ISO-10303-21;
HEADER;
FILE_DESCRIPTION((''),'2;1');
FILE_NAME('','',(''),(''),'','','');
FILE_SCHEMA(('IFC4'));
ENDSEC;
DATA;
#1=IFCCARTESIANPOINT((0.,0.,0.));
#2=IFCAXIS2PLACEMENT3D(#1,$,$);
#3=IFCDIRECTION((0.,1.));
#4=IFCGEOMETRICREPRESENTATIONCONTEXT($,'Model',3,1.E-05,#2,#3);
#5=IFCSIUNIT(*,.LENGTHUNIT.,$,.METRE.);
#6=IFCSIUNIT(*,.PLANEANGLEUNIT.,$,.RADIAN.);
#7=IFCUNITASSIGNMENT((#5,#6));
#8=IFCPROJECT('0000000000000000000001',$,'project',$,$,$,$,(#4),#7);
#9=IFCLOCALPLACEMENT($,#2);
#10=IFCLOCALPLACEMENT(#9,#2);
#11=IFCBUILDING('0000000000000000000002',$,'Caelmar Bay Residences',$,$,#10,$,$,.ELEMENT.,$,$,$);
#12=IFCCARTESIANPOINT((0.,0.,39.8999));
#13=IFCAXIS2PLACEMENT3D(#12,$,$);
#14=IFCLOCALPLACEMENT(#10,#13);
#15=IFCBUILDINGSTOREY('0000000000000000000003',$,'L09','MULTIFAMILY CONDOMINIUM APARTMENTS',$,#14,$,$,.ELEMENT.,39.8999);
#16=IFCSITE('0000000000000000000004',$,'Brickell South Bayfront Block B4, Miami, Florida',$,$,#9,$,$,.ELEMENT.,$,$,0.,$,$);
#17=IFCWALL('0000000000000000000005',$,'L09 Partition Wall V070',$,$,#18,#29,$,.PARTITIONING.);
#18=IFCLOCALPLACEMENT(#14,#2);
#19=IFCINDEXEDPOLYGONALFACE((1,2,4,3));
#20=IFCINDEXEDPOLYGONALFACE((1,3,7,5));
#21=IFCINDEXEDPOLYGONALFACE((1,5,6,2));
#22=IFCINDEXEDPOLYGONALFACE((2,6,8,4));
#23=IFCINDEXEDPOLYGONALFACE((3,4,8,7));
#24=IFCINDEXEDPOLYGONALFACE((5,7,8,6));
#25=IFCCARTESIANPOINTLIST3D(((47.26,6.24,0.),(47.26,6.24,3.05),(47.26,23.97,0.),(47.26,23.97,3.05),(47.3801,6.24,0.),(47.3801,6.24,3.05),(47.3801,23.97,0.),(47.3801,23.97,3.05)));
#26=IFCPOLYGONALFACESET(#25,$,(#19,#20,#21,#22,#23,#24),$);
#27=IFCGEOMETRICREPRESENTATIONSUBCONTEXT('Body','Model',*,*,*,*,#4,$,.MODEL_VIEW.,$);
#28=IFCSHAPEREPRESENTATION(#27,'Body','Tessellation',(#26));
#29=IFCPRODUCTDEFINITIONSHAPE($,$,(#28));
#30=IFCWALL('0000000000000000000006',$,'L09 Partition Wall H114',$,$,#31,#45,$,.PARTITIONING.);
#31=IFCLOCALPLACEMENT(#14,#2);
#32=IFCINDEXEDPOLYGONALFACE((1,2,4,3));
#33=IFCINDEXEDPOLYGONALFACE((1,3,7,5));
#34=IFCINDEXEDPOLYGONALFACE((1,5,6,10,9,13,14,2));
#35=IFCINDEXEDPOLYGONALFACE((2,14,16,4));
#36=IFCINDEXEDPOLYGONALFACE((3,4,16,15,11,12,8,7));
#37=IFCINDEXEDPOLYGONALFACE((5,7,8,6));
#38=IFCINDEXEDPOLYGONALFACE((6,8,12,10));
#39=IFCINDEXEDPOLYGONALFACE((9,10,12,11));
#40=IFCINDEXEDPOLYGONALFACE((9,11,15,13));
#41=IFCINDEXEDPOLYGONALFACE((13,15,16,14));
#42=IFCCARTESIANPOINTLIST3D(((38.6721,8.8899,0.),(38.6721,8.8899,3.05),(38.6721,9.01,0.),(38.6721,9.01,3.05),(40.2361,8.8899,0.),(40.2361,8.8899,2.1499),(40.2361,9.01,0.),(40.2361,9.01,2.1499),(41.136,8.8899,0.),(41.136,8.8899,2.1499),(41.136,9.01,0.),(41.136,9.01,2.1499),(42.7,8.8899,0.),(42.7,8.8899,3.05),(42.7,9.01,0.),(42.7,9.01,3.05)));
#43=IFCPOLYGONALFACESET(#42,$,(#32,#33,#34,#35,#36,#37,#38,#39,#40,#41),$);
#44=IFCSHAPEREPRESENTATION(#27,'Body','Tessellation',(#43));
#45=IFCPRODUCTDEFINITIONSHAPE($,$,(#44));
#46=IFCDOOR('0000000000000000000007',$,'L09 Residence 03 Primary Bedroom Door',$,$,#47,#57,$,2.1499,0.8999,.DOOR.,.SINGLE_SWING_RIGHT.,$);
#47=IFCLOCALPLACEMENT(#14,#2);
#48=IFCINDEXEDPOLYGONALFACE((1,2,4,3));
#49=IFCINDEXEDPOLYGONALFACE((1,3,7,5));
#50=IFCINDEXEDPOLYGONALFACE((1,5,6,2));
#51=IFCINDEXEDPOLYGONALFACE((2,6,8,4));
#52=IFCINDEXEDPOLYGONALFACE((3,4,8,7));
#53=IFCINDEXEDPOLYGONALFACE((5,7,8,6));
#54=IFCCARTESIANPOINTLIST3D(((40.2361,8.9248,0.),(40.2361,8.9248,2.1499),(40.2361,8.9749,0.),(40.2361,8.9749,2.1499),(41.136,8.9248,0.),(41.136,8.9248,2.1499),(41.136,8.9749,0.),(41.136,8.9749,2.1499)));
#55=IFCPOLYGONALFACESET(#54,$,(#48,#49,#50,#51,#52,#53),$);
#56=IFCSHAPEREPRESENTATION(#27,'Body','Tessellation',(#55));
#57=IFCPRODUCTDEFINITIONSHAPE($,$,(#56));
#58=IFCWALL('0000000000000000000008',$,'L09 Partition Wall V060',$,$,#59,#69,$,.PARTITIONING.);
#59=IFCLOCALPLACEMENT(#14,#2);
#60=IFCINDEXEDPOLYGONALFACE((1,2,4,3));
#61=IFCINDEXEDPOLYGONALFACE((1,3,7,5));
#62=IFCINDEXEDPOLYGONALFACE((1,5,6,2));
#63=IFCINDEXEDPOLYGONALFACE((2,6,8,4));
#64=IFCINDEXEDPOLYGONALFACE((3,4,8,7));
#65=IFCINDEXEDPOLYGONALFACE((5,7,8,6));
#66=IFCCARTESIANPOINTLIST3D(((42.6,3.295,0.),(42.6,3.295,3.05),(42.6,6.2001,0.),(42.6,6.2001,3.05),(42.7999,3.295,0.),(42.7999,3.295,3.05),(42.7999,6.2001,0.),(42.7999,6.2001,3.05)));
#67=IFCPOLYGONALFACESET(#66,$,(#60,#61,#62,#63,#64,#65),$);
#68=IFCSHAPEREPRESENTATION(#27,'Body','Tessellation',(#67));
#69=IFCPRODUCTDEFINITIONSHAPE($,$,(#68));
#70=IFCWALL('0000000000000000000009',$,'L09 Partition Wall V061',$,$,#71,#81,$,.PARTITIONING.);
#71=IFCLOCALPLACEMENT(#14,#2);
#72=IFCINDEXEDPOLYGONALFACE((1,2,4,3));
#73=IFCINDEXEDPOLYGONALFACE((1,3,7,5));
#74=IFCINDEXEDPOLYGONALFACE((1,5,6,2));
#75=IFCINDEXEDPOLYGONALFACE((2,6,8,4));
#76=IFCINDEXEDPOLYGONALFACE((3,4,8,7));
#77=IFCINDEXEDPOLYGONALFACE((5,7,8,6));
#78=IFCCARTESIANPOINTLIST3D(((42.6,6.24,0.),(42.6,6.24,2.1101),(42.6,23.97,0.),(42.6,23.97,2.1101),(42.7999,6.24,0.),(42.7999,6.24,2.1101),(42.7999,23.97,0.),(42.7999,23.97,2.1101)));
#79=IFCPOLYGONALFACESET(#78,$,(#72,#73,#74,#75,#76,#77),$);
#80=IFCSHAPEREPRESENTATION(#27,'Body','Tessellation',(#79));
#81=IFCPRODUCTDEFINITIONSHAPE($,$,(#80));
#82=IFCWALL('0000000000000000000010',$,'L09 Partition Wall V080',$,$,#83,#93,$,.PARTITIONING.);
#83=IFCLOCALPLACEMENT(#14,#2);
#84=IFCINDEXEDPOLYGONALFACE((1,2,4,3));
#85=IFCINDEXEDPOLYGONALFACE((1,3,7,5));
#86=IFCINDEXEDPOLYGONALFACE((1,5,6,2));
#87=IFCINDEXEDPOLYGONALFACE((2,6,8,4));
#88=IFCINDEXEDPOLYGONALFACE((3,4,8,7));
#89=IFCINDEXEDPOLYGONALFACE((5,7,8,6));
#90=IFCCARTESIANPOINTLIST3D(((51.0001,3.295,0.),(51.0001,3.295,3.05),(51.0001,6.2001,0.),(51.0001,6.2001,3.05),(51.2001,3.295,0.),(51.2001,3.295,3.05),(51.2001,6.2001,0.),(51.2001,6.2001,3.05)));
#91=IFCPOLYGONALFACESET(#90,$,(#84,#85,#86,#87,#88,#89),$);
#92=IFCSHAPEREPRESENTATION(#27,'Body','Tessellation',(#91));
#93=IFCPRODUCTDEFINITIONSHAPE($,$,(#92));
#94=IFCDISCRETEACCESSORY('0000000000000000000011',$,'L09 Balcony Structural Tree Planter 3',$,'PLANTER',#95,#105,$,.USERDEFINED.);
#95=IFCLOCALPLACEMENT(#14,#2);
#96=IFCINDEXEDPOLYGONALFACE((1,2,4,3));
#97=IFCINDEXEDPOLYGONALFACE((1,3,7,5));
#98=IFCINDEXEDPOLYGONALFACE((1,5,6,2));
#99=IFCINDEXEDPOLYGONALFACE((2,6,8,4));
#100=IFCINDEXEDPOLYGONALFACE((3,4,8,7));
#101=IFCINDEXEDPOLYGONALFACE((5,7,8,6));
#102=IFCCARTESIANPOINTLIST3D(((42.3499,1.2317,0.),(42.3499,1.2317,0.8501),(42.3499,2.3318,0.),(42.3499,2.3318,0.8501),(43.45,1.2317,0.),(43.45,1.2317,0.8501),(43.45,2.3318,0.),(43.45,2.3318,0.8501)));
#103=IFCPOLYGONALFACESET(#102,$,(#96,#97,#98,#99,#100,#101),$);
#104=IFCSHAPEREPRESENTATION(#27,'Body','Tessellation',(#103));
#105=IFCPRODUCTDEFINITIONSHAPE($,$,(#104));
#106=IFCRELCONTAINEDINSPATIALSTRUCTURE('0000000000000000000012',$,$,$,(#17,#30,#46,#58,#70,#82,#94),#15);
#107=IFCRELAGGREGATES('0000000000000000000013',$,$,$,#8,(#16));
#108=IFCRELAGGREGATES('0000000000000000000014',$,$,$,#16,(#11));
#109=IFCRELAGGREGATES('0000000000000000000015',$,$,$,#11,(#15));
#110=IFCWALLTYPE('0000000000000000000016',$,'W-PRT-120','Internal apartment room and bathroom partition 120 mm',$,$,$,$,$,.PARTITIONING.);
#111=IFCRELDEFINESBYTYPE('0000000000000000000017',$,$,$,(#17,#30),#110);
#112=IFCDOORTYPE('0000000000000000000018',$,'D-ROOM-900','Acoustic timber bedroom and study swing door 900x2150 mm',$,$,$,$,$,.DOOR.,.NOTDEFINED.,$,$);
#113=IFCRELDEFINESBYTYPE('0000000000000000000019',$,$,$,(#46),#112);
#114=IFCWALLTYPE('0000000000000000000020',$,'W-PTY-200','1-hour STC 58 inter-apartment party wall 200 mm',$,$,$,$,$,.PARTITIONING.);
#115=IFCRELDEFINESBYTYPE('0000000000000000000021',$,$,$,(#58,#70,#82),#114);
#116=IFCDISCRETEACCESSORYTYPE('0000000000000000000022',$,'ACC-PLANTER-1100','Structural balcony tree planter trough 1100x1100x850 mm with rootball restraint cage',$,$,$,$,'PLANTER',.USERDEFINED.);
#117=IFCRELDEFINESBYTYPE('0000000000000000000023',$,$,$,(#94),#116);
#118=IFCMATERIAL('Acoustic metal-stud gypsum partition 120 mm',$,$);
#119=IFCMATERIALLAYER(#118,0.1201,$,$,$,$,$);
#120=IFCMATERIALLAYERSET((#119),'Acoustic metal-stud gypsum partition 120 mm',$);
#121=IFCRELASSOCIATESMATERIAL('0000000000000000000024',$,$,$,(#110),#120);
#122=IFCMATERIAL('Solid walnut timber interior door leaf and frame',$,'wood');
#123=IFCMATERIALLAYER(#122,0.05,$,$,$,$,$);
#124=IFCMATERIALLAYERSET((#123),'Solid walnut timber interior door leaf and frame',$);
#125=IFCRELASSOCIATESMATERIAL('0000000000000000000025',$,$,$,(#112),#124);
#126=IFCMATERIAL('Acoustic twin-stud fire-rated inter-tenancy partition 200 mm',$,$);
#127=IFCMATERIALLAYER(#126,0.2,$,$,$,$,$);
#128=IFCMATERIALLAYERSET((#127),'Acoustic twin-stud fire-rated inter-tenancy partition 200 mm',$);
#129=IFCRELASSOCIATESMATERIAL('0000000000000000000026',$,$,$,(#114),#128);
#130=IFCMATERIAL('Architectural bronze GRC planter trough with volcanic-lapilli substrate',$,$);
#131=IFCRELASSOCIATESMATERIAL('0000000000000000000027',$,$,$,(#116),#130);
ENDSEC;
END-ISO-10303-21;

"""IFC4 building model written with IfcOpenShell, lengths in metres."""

from ifc_helpers import new_model, si_unit, direction, frame, frame_2d, origin, origin_2d, place, context, subcontext, project, spatial, rectangle, extrude, material, layer, layer_set, type_object, element, fill, save


model = new_model("IFC4")

# Units and contexts
model_context = context("Model", 3, precision=1e-05, world=origin(), true_north=direction((0.0, 1.0)))
body_context = subcontext(model_context, "Body", "Model", "MODEL_VIEW")
ifc_project = project(units=[si_unit("LENGTHUNIT", "METRE"), si_unit("PLANEANGLEUNIT", "RADIAN")], contexts=[model_context])

# Site, building, storey
site_placement = place(None, origin())
site = spatial("IfcSite", under=ifc_project, at=site_placement, Name="Brickell South Bayfront Block B4, Miami, Florida", CompositionType="ELEMENT", RefElevation=0.0)
building_placement = place(site_placement, origin())
building = spatial("IfcBuilding", under=site, at=building_placement, Name="Caelmar Bay Residences", CompositionType="ELEMENT")
storey_placement = place(building_placement, frame((0.0, 0.0, 39.8999)))
storey = spatial("IfcBuildingStorey", under=building, at=storey_placement, Name="L09", Description="MULTIFAMILY CONDOMINIUM APARTMENTS", CompositionType="ELEMENT", Elevation=39.8999)

# Wall
ifc_material_1 = material(Name="Acoustic metal-stud gypsum partition 120 mm")
ifc_layer_1 = layer(ifc_material_1, 0.1201)
ifc_layer_set_1 = layer_set([ifc_layer_1], Name="Acoustic metal-stud gypsum partition 120 mm")
wall_type_1 = type_object("IfcWallType", Name="W-PRT-120", Description="Internal apartment room and bathroom partition 120 mm", PredefinedType="PARTITIONING", material=ifc_layer_set_1)
wall_1_placement = place(storey_placement, frame((47.3201, 6.24, 0.0), z_axis=(0.0, 0.0, 1.0), x_axis=(0.0, 1.0, 0.0)))
element("IfcWall", 1, at=wall_1_placement, inside=storey, type_object=wall_type_1, Name="L09 Partition Wall V070", PredefinedType="PARTITIONING", context=body_context, shape_type="SweptSolid", body=[
    extrude(rectangle(XDim=17.73, YDim=0.1201, at=frame_2d((8.865, 0.0))), origin(), (0.0, 0.0, 1.0), 3.05),
])

# Wall, opening, door
wall_2_placement = place(storey_placement, frame((38.6721, 8.95, 0.0), z_axis=(0.0, 0.0, 1.0), x_axis=(1.0, 0.0, 0.0)))
wall_2 = element("IfcWall", 2, at=wall_2_placement, inside=storey, type_object=wall_type_1, Name="L09 Partition Wall H114", PredefinedType="PARTITIONING", context=body_context, shape_type="SweptSolid", body=[
    extrude(rectangle(XDim=4.0278, YDim=0.1201, at=frame_2d((2.0139, 0.0))), origin(), (0.0, 0.0, 1.0), 3.05),
])
opening_1_placement = place(wall_2_placement, frame((1.564, 0.0, 0.0)))
opening_1 = element("IfcOpeningElement", 3, at=opening_1_placement, cuts=wall_2, PredefinedType="OPENING", context=body_context, shape_type="SweptSolid", body=[
    extrude(rectangle(XDim=0.8999, YDim=2.1499, at=frame_2d((0.45, 1.075))), frame((0.0, 0.0701, 0.0), z_axis=(0.0, -1.0, 0.0), x_axis=(1.0, 0.0, 0.0)), (0.0, 0.0, 1.0), 0.1401),
])
ifc_material_2 = material(Name="Solid walnut timber interior door leaf and frame", Category="wood")
ifc_layer_2 = layer(ifc_material_2, 0.05)
ifc_layer_set_2 = layer_set([ifc_layer_2], Name="Solid walnut timber interior door leaf and frame")
door_type = type_object("IfcDoorType", Name="D-ROOM-900", Description="Acoustic timber bedroom and study swing door 900x2150 mm", OperationType="NOTDEFINED", PredefinedType="DOOR", material=ifc_layer_set_2)
door_1_placement = place(opening_1_placement, origin())
door_1 = element("IfcDoor", 4, at=door_1_placement, inside=storey, type_object=door_type, Name="L09 Residence 03 Primary Bedroom Door", OperationType="SINGLE_SWING_RIGHT", OverallHeight=2.1499, OverallWidth=0.8999, PredefinedType="DOOR", context=body_context, shape_type="SweptSolid", body=[
    extrude(rectangle(XDim=0.8999, YDim=2.1499, at=frame_2d((0.45, 1.075))), frame((0.0, 0.0249, 0.0), z_axis=(0.0, -1.0, 0.0), x_axis=(1.0, 0.0, 0.0)), (0.0, 0.0, 1.0), 0.05),
])
fill(opening_1, door_1)

# Walls
ifc_material_3 = material(Name="Acoustic twin-stud fire-rated inter-tenancy partition 200 mm")
ifc_layer_3 = layer(ifc_material_3, 0.2)
ifc_layer_set_3 = layer_set([ifc_layer_3], Name="Acoustic twin-stud fire-rated inter-tenancy partition 200 mm")
wall_type_2 = type_object("IfcWallType", Name="W-PTY-200", Description="1-hour STC 58 inter-apartment party wall 200 mm", PredefinedType="PARTITIONING", material=ifc_layer_set_3)
wall_3_placement = place(storey_placement, frame((42.7, 3.2949, 0.0), z_axis=(0.0, 0.0, 1.0), x_axis=(0.0, 1.0, 0.0)))
element("IfcWall", 5, at=wall_3_placement, inside=storey, type_object=wall_type_2, Name="L09 Partition Wall V060", PredefinedType="PARTITIONING", context=body_context, shape_type="SweptSolid", body=[
    extrude(rectangle(XDim=2.905, YDim=0.2, at=frame_2d((1.4526, 0.0))), origin(), (0.0, 0.0, 1.0), 3.05),
])
wall_4_placement = place(storey_placement, frame((42.7, 6.24, 0.0), z_axis=(0.0, 0.0, 1.0), x_axis=(0.0, 1.0, 0.0)))
element("IfcWall", 6, at=wall_4_placement, inside=storey, type_object=wall_type_2, Name="L09 Partition Wall V061", PredefinedType="PARTITIONING", context=body_context, shape_type="SweptSolid", body=[
    extrude(rectangle(XDim=17.73, YDim=0.2, at=frame_2d((8.865, 0.0))), origin(), (0.0, 0.0, 1.0), 2.1101),
])
wall_5_placement = place(storey_placement, frame((51.1001, 3.2949, 0.0), z_axis=(0.0, 0.0, 1.0), x_axis=(0.0, 1.0, 0.0)))
element("IfcWall", 7, at=wall_5_placement, inside=storey, type_object=wall_type_2, Name="L09 Partition Wall V080", PredefinedType="PARTITIONING", context=body_context, shape_type="SweptSolid", body=[
    extrude(rectangle(XDim=2.905, YDim=0.2, at=frame_2d((1.4526, 0.0))), origin(), (0.0, 0.0, 1.0), 3.05),
])

# Discrete accessory
ifc_material_4 = material(Name="Architectural bronze GRC planter trough with volcanic-lapilli substrate")
discrete_accessory_type = type_object("IfcDiscreteAccessoryType", Name="ACC-PLANTER-1100", Description="Structural balcony tree planter trough 1100x1100x850 mm with rootball restraint cage", ElementType="PLANTER", PredefinedType="USERDEFINED", material=ifc_material_4)
discrete_accessory_placement = place(storey_placement, frame((42.8999, 1.7817, 0.0), z_axis=(0.0, 0.0, 1.0), x_axis=(1.0, 0.0, 0.0)))
element("IfcDiscreteAccessory", 8, at=discrete_accessory_placement, inside=storey, type_object=discrete_accessory_type, Name="L09 Balcony Structural Tree Planter 3", ObjectType="PLANTER", PredefinedType="USERDEFINED", context=body_context, shape_type="SweptSolid", body=[
    extrude(rectangle(XDim=1.1001, YDim=1.1001, at=origin_2d()), origin(), (0.0, 0.0, 1.0), 0.8501),
])

save(model, "model.ifc")
